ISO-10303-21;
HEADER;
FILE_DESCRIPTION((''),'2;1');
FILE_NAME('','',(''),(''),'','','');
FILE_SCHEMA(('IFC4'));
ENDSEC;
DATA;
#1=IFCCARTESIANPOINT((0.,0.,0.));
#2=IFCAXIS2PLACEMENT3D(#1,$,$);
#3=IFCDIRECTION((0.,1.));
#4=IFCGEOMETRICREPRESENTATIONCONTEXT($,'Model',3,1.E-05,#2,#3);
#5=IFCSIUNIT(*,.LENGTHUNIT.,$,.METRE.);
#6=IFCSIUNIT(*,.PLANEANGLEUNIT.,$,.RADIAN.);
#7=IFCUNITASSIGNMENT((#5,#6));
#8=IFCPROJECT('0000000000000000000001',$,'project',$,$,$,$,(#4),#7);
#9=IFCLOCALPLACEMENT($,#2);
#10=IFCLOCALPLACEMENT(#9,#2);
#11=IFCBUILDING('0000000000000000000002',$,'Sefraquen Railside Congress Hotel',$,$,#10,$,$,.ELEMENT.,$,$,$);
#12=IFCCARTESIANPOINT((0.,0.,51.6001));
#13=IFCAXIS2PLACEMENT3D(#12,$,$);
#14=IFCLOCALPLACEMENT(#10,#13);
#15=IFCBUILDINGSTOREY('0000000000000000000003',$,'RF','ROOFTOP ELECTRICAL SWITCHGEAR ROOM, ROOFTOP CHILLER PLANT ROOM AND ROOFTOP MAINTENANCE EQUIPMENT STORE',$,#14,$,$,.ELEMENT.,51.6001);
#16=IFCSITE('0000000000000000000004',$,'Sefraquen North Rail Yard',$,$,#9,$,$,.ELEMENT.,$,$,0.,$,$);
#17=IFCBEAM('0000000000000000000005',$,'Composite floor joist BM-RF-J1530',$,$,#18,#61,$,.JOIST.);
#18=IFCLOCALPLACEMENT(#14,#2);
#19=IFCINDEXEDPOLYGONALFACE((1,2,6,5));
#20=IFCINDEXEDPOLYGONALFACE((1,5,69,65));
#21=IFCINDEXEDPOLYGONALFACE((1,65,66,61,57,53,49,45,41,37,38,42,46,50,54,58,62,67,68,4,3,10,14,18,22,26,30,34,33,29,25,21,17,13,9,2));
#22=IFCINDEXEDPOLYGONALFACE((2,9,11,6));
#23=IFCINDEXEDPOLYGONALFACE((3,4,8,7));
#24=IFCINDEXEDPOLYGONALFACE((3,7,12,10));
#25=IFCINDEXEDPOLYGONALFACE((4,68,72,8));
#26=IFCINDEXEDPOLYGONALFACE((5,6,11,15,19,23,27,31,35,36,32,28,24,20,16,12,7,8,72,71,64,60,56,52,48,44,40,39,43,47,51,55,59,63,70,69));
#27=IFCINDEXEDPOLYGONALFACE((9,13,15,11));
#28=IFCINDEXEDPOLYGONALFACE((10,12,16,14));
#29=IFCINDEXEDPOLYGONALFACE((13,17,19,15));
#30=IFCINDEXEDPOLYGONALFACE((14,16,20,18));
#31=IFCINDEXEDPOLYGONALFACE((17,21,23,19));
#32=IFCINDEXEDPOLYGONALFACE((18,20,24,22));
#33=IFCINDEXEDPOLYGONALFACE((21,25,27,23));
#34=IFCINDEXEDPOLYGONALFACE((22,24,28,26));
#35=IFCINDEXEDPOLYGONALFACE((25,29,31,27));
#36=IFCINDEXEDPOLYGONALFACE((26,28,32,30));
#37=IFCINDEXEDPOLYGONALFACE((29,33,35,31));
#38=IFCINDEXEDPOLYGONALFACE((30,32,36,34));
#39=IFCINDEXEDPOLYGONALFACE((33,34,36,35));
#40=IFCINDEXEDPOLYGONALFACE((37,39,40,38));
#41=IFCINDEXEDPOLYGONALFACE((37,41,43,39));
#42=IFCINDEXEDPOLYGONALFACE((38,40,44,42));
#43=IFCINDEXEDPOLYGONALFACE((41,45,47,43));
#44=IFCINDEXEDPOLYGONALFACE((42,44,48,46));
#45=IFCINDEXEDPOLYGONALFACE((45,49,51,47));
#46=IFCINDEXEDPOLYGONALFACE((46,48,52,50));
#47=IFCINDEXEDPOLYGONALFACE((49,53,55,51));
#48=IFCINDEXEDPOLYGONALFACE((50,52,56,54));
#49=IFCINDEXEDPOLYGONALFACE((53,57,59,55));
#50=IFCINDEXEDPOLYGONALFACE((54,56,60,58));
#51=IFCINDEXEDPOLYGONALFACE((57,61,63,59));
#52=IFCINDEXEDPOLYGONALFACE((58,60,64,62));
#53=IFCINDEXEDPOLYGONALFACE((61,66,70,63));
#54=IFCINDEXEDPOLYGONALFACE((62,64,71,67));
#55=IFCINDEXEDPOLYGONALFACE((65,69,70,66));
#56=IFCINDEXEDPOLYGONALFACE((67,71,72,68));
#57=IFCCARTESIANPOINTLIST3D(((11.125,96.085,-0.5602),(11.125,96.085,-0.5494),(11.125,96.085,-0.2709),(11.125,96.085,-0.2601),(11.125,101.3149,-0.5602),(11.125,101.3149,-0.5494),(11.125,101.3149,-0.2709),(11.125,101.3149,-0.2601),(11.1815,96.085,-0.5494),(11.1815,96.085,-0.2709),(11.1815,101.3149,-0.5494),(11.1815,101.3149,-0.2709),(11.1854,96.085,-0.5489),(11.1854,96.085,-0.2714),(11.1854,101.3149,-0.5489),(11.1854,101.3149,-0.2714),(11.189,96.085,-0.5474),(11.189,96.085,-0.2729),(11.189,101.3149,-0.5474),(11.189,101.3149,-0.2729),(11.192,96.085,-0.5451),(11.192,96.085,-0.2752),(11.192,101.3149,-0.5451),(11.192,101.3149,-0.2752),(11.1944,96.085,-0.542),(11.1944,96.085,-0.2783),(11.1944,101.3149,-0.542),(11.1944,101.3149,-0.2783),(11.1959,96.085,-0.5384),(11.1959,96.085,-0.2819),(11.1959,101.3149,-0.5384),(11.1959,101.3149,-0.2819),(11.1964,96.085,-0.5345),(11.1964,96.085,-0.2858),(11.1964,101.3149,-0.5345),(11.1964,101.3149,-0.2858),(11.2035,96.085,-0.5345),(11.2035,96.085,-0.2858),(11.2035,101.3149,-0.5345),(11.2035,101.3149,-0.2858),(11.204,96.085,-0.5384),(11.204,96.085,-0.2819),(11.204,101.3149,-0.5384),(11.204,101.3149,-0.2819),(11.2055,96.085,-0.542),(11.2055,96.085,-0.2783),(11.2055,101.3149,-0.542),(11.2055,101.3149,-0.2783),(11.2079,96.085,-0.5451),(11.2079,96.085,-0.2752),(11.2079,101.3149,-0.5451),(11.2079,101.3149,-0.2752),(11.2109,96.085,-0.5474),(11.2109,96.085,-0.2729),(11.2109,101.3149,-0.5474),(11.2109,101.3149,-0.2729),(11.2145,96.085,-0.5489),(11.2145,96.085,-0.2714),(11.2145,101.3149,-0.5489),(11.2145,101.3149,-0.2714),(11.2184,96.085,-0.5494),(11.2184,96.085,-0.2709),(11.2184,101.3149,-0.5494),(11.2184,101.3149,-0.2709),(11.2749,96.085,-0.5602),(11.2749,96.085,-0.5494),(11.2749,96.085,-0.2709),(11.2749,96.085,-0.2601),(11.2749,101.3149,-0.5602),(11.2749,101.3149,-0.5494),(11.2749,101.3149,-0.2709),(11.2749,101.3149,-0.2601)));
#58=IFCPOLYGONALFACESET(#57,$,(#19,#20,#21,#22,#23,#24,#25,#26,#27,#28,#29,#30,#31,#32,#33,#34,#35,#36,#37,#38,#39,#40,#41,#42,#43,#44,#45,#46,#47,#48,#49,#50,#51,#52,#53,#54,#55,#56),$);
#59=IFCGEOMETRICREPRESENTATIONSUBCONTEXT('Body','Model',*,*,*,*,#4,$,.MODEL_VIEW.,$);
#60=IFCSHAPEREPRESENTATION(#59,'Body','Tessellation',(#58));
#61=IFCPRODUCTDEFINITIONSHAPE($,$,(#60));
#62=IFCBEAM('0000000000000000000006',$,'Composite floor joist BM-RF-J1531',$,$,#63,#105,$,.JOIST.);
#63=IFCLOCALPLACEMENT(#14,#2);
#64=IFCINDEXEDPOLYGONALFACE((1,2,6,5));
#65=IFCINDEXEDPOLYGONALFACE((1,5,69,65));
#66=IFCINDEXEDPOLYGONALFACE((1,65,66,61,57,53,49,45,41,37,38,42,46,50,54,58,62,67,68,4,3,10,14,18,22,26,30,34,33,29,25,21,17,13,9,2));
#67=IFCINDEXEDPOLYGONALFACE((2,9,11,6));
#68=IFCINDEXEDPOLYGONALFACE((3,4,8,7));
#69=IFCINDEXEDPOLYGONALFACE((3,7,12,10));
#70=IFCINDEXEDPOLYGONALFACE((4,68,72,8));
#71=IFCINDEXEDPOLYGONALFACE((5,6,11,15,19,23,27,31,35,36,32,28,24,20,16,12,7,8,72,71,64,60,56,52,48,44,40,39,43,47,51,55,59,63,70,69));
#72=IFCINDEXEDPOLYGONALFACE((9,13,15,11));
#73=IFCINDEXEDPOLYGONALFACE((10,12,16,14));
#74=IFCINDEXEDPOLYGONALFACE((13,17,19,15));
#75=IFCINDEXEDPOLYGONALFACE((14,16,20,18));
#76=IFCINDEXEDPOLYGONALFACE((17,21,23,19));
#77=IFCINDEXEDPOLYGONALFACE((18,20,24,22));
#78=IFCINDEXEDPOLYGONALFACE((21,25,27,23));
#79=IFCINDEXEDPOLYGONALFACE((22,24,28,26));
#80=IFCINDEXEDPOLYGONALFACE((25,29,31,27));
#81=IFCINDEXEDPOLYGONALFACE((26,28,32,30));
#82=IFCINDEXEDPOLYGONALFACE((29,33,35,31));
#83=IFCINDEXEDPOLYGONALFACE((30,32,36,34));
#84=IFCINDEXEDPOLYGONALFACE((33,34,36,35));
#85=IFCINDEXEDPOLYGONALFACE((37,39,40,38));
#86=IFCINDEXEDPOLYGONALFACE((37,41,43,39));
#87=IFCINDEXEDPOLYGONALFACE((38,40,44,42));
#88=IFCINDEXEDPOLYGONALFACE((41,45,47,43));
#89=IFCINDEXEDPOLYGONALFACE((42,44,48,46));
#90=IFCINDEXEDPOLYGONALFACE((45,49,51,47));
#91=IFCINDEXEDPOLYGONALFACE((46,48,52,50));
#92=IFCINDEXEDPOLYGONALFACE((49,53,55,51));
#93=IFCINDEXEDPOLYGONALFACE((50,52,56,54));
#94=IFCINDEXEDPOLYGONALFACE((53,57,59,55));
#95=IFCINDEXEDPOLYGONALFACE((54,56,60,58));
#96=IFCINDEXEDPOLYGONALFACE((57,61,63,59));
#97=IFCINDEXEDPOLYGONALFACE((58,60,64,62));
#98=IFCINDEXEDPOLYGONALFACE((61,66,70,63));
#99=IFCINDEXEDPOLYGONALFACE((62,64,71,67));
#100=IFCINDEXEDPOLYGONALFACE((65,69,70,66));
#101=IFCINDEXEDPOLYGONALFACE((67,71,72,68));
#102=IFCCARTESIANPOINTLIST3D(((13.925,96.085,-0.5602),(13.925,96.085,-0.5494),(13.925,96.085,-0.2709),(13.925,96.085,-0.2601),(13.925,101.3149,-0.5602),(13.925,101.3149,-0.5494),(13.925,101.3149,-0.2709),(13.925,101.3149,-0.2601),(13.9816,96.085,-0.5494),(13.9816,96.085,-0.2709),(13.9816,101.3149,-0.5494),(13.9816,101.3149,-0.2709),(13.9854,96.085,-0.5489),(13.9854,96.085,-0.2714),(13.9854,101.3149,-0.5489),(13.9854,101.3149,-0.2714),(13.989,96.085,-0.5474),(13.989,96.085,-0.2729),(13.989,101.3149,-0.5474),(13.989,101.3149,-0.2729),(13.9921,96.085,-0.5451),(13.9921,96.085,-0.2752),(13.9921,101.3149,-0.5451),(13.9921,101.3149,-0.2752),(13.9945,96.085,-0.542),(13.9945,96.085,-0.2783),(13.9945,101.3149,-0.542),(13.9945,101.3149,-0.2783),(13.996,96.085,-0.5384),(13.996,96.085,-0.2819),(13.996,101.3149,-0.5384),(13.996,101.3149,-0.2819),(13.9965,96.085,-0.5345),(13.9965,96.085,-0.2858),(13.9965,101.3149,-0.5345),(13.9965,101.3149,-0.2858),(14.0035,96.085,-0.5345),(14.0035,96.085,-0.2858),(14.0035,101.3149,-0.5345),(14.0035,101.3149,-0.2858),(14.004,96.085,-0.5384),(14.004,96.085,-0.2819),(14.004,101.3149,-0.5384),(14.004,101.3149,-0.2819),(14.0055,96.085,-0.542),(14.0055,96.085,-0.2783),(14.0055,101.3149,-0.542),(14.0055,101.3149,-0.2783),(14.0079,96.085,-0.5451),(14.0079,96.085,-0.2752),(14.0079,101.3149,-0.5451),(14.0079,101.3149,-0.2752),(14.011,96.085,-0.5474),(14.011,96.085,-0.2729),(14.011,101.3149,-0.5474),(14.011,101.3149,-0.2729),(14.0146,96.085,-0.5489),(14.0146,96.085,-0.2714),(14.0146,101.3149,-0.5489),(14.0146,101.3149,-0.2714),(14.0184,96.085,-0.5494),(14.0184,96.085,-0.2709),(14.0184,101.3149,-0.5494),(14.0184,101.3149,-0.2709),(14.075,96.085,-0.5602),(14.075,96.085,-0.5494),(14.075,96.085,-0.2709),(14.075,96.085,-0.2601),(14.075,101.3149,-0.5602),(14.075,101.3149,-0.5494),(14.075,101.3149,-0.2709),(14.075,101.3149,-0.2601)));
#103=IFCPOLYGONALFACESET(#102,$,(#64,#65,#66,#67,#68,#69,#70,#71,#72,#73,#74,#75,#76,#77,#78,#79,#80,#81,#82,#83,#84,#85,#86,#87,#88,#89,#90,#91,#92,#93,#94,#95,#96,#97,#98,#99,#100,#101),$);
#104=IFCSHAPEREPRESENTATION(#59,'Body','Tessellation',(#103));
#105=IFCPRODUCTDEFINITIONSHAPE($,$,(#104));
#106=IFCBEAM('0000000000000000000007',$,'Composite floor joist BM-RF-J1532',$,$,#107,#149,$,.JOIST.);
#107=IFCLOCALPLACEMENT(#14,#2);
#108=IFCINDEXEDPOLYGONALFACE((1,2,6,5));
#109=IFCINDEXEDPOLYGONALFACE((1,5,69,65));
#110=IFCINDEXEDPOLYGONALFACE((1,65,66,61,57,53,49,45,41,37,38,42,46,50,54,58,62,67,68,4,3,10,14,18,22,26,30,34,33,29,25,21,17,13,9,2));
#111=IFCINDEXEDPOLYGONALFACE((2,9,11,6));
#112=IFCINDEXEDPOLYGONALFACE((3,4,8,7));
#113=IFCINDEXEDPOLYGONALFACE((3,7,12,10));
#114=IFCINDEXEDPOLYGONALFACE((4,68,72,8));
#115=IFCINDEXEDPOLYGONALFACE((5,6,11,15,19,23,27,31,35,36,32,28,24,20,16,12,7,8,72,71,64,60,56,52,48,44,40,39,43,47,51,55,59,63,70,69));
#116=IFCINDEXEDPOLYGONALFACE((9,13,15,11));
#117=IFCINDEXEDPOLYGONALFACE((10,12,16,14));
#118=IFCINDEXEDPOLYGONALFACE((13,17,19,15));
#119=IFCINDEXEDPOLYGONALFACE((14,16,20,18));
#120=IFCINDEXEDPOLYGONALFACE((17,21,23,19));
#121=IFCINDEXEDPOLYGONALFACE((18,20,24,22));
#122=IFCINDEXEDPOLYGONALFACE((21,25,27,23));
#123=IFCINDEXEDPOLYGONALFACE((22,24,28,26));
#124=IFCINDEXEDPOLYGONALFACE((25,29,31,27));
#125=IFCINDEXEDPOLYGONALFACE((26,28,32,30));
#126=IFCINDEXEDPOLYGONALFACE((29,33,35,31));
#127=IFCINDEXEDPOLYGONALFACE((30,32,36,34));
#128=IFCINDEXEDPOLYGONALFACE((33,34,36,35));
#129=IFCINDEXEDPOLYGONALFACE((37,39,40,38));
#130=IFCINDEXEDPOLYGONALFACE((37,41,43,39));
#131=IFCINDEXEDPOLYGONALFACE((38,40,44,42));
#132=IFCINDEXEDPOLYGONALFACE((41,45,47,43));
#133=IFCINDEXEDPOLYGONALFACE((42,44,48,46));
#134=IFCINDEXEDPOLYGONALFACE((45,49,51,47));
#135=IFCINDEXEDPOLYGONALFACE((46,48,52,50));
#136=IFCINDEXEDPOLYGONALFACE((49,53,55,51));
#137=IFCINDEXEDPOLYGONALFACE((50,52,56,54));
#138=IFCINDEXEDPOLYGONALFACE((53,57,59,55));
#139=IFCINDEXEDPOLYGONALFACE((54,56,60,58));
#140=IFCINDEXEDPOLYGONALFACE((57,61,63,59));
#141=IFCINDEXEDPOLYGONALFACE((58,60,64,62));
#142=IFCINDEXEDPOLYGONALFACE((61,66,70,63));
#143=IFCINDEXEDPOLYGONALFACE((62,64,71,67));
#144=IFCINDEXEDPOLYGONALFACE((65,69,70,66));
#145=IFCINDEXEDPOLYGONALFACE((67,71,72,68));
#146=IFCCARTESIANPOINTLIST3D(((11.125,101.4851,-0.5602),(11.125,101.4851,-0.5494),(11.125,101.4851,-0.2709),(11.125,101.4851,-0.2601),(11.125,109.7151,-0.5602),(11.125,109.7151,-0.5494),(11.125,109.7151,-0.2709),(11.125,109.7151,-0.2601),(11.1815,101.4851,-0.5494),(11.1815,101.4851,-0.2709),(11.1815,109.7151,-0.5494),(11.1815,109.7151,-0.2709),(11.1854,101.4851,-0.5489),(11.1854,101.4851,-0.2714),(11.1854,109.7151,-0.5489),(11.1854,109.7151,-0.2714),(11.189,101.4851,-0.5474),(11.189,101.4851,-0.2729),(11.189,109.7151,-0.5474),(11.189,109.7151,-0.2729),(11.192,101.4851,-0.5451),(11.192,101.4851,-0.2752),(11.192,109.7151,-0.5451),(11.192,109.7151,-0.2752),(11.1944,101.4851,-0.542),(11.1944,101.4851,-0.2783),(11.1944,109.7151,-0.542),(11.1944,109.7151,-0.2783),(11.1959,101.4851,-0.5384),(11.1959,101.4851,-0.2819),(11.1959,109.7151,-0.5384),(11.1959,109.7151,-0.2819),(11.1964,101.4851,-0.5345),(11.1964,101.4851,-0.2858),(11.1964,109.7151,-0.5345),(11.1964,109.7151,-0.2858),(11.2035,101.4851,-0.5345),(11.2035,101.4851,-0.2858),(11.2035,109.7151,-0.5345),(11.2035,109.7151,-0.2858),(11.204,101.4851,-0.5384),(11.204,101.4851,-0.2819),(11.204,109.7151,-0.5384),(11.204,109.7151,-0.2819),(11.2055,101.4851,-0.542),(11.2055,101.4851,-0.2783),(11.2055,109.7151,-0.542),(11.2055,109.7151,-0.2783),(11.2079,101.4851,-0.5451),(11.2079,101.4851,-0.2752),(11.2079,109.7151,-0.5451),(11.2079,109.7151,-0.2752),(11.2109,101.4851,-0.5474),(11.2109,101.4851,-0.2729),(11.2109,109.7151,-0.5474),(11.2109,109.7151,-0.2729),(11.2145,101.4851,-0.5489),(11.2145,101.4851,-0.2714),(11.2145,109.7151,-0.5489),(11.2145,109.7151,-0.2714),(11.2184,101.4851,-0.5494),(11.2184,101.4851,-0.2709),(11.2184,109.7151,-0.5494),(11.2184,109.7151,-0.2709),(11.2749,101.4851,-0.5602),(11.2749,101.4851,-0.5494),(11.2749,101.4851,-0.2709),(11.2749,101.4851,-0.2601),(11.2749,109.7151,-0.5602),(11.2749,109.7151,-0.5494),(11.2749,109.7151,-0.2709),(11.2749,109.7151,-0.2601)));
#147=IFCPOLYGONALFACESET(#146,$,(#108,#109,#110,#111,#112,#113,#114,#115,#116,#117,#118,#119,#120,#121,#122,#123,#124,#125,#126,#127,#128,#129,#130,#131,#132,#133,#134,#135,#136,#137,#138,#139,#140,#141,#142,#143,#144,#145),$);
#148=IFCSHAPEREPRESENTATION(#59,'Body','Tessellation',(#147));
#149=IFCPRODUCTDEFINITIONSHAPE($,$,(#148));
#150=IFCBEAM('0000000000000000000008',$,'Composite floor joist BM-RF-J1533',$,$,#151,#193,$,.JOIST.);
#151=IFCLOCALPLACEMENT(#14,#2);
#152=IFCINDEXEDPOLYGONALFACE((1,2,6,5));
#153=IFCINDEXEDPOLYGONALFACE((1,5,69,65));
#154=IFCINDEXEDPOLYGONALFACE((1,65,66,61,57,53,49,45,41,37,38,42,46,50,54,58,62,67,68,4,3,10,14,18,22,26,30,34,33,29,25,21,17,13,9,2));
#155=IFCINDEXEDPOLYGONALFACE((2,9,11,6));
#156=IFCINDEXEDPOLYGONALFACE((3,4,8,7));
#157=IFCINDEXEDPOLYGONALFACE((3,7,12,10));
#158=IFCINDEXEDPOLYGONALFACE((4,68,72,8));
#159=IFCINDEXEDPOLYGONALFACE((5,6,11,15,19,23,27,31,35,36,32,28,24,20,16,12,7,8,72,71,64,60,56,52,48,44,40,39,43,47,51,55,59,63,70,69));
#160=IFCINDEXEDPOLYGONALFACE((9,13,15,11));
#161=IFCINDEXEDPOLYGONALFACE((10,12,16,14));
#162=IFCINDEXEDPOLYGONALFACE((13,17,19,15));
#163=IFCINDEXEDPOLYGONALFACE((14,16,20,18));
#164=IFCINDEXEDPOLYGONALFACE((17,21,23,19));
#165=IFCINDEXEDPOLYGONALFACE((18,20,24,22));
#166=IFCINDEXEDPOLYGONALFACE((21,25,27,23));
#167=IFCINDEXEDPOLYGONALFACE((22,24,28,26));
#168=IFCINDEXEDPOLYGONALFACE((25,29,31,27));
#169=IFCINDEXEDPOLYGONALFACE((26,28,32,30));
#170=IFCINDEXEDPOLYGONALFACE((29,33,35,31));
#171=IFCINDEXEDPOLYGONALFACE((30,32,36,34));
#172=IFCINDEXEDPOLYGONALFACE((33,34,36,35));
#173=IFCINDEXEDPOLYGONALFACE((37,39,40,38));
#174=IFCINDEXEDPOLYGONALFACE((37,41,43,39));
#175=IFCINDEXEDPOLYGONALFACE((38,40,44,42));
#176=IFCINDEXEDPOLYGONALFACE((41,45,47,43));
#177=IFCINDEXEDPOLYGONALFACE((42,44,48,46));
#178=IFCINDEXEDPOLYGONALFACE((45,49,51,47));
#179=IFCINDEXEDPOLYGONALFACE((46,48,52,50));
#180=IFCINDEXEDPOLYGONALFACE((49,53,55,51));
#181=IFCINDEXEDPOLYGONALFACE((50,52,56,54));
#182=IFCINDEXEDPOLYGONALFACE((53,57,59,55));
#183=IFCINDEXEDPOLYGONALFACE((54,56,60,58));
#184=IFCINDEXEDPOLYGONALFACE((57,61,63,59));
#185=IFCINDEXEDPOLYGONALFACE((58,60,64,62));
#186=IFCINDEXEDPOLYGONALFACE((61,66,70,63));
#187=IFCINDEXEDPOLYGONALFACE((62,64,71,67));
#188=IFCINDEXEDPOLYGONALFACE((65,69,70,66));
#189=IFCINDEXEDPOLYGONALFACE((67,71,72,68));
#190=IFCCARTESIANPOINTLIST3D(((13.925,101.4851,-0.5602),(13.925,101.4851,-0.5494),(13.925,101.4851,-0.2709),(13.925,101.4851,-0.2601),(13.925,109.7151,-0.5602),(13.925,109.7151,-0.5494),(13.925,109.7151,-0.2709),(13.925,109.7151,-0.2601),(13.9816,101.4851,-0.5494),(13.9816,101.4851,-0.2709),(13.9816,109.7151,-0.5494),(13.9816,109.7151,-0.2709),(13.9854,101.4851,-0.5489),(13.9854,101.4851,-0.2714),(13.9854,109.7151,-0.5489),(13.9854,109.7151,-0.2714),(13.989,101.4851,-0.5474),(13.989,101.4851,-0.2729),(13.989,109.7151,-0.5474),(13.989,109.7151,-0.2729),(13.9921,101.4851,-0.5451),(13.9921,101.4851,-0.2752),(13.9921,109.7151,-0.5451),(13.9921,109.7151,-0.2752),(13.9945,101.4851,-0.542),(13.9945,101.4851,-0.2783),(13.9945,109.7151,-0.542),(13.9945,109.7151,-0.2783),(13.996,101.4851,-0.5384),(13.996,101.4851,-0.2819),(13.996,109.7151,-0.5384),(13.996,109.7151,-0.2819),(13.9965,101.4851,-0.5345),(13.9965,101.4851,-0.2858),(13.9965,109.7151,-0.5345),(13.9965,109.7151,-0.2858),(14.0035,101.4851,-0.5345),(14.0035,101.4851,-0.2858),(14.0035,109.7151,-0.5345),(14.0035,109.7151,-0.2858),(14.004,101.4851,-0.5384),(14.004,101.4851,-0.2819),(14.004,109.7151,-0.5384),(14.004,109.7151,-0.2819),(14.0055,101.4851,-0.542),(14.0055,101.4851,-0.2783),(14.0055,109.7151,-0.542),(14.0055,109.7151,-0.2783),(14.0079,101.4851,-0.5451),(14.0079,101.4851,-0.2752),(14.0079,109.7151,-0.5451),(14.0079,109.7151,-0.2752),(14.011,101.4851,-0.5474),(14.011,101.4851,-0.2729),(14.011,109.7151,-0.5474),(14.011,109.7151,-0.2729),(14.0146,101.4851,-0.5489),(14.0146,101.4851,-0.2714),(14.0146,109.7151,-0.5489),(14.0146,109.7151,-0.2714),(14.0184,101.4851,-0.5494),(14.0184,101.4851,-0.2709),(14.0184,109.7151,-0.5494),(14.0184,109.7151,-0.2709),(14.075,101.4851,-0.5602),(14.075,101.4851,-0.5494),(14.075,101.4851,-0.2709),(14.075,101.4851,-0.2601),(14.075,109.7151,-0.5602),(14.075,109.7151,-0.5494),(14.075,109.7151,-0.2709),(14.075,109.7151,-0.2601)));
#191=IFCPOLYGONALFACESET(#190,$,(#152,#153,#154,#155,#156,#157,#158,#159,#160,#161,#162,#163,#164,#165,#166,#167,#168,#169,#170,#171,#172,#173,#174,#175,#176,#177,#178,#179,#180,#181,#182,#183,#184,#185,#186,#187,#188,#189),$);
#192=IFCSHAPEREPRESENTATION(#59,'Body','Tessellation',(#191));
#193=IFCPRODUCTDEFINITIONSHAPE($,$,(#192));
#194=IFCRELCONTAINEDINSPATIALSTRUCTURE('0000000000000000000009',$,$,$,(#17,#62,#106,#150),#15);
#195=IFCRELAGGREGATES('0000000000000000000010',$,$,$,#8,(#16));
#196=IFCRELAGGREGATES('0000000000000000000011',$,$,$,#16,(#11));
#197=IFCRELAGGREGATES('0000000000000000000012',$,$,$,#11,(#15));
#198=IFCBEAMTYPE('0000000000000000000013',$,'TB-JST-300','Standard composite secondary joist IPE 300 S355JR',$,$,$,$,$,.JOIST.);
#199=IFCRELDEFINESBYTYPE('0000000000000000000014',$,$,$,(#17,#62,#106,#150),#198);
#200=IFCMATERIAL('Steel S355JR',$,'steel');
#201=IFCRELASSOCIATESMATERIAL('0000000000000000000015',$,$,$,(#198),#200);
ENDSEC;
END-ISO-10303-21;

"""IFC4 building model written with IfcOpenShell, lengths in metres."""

from ifc_helpers import new_model, si_unit, direction, frame, origin, origin_2d, place, context, subcontext, project, spatial, i_section, extrude, material, material_profile, profile_set, type_object, element, save


model = new_model("IFC4")

# Units and contexts
model_context = context("Model", 3, precision=1e-05, world=origin(), true_north=direction((0.0, 1.0)))
body_context = subcontext(model_context, "Body", "Model", "MODEL_VIEW")
ifc_project = project(units=[si_unit("LENGTHUNIT", "METRE"), si_unit("PLANEANGLEUNIT", "RADIAN")], contexts=[model_context])

# Site, building, storey
site_placement = place(None, origin())
site = spatial("IfcSite", under=ifc_project, at=site_placement, Name="Sefraquen North Rail Yard", CompositionType="ELEMENT", RefElevation=0.0)
building_placement = place(site_placement, origin())
building = spatial("IfcBuilding", under=site, at=building_placement, Name="Sefraquen Railside Congress Hotel", CompositionType="ELEMENT")
storey_placement = place(building_placement, frame((0.0, 0.0, 51.6001)))
storey = spatial("IfcBuildingStorey", under=building, at=storey_placement, Name="RF", Description="ROOFTOP ELECTRICAL SWITCHGEAR ROOM, ROOFTOP CHILLER PLANT ROOM AND ROOFTOP MAINTENANCE EQUIPMENT STORE", CompositionType="ELEMENT", Elevation=51.6001)

# Beams
ifc_material_1 = material(Name="Steel S355JR", Category="steel")
ifc_material_profile_1 = material_profile(ifc_material_1, i_section(OverallWidth=0.1499, OverallDepth=0.3, WebThickness=0.0071, FlangeThickness=0.0107, FilletRadius=0.0149, at=origin_2d()), Name="IPE 300")
ifc_profile_set_1 = profile_set([ifc_material_profile_1], Name="Steel S355JR")
beam_type_1 = type_object("IfcBeamType", Name="TB-JST-300", Description="Standard composite secondary joist IPE 300 S355JR", PredefinedType="JOIST", material=ifc_profile_set_1)
for number, where, z_axis, x_axis, name in (
    (1, (11.2, 96.085, -0.4102), (0.0, 1.0, 0.0), (-1.0, 0.0, 0.0), "Composite floor joist BM-RF-J1530"),
    (2, (14.0, 96.085, -0.4102), (0.0, 1.0, 0.0), (-1.0, 0.0, 0.0), "Composite floor joist BM-RF-J1531"),
):
    element("IfcBeam", number, at=place(storey_placement, frame(where, z_axis=z_axis, x_axis=x_axis)), inside=storey, type_object=beam_type_1, Name=name, PredefinedType="JOIST", context=body_context, shape_type="SweptSolid", body=[
        extrude(i_section(OverallWidth=0.1499, OverallDepth=0.3, WebThickness=0.0071, FlangeThickness=0.0107, FilletRadius=0.0149, at=origin_2d()), origin(), (0.0, 0.0, 1.0), 5.23),
    ])
for number, where, z_axis, x_axis, name in (
    (3, (11.2, 101.4851, -0.4102), (0.0, 1.0, 0.0), (-1.0, 0.0, 0.0), "Composite floor joist BM-RF-J1532"),
    (4, (14.0, 101.4851, -0.4102), (0.0, 1.0, 0.0), (-1.0, 0.0, 0.0), "Composite floor joist BM-RF-J1533"),
):
    element("IfcBeam", number, at=place(storey_placement, frame(where, z_axis=z_axis, x_axis=x_axis)), inside=storey, type_object=beam_type_1, Name=name, PredefinedType="JOIST", context=body_context, shape_type="SweptSolid", body=[
        extrude(i_section(OverallWidth=0.1499, OverallDepth=0.3, WebThickness=0.0071, FlangeThickness=0.0107, FilletRadius=0.0149, at=origin_2d()), origin(), (0.0, 0.0, 1.0), 8.23),
    ])

save(model, "model.ifc")
